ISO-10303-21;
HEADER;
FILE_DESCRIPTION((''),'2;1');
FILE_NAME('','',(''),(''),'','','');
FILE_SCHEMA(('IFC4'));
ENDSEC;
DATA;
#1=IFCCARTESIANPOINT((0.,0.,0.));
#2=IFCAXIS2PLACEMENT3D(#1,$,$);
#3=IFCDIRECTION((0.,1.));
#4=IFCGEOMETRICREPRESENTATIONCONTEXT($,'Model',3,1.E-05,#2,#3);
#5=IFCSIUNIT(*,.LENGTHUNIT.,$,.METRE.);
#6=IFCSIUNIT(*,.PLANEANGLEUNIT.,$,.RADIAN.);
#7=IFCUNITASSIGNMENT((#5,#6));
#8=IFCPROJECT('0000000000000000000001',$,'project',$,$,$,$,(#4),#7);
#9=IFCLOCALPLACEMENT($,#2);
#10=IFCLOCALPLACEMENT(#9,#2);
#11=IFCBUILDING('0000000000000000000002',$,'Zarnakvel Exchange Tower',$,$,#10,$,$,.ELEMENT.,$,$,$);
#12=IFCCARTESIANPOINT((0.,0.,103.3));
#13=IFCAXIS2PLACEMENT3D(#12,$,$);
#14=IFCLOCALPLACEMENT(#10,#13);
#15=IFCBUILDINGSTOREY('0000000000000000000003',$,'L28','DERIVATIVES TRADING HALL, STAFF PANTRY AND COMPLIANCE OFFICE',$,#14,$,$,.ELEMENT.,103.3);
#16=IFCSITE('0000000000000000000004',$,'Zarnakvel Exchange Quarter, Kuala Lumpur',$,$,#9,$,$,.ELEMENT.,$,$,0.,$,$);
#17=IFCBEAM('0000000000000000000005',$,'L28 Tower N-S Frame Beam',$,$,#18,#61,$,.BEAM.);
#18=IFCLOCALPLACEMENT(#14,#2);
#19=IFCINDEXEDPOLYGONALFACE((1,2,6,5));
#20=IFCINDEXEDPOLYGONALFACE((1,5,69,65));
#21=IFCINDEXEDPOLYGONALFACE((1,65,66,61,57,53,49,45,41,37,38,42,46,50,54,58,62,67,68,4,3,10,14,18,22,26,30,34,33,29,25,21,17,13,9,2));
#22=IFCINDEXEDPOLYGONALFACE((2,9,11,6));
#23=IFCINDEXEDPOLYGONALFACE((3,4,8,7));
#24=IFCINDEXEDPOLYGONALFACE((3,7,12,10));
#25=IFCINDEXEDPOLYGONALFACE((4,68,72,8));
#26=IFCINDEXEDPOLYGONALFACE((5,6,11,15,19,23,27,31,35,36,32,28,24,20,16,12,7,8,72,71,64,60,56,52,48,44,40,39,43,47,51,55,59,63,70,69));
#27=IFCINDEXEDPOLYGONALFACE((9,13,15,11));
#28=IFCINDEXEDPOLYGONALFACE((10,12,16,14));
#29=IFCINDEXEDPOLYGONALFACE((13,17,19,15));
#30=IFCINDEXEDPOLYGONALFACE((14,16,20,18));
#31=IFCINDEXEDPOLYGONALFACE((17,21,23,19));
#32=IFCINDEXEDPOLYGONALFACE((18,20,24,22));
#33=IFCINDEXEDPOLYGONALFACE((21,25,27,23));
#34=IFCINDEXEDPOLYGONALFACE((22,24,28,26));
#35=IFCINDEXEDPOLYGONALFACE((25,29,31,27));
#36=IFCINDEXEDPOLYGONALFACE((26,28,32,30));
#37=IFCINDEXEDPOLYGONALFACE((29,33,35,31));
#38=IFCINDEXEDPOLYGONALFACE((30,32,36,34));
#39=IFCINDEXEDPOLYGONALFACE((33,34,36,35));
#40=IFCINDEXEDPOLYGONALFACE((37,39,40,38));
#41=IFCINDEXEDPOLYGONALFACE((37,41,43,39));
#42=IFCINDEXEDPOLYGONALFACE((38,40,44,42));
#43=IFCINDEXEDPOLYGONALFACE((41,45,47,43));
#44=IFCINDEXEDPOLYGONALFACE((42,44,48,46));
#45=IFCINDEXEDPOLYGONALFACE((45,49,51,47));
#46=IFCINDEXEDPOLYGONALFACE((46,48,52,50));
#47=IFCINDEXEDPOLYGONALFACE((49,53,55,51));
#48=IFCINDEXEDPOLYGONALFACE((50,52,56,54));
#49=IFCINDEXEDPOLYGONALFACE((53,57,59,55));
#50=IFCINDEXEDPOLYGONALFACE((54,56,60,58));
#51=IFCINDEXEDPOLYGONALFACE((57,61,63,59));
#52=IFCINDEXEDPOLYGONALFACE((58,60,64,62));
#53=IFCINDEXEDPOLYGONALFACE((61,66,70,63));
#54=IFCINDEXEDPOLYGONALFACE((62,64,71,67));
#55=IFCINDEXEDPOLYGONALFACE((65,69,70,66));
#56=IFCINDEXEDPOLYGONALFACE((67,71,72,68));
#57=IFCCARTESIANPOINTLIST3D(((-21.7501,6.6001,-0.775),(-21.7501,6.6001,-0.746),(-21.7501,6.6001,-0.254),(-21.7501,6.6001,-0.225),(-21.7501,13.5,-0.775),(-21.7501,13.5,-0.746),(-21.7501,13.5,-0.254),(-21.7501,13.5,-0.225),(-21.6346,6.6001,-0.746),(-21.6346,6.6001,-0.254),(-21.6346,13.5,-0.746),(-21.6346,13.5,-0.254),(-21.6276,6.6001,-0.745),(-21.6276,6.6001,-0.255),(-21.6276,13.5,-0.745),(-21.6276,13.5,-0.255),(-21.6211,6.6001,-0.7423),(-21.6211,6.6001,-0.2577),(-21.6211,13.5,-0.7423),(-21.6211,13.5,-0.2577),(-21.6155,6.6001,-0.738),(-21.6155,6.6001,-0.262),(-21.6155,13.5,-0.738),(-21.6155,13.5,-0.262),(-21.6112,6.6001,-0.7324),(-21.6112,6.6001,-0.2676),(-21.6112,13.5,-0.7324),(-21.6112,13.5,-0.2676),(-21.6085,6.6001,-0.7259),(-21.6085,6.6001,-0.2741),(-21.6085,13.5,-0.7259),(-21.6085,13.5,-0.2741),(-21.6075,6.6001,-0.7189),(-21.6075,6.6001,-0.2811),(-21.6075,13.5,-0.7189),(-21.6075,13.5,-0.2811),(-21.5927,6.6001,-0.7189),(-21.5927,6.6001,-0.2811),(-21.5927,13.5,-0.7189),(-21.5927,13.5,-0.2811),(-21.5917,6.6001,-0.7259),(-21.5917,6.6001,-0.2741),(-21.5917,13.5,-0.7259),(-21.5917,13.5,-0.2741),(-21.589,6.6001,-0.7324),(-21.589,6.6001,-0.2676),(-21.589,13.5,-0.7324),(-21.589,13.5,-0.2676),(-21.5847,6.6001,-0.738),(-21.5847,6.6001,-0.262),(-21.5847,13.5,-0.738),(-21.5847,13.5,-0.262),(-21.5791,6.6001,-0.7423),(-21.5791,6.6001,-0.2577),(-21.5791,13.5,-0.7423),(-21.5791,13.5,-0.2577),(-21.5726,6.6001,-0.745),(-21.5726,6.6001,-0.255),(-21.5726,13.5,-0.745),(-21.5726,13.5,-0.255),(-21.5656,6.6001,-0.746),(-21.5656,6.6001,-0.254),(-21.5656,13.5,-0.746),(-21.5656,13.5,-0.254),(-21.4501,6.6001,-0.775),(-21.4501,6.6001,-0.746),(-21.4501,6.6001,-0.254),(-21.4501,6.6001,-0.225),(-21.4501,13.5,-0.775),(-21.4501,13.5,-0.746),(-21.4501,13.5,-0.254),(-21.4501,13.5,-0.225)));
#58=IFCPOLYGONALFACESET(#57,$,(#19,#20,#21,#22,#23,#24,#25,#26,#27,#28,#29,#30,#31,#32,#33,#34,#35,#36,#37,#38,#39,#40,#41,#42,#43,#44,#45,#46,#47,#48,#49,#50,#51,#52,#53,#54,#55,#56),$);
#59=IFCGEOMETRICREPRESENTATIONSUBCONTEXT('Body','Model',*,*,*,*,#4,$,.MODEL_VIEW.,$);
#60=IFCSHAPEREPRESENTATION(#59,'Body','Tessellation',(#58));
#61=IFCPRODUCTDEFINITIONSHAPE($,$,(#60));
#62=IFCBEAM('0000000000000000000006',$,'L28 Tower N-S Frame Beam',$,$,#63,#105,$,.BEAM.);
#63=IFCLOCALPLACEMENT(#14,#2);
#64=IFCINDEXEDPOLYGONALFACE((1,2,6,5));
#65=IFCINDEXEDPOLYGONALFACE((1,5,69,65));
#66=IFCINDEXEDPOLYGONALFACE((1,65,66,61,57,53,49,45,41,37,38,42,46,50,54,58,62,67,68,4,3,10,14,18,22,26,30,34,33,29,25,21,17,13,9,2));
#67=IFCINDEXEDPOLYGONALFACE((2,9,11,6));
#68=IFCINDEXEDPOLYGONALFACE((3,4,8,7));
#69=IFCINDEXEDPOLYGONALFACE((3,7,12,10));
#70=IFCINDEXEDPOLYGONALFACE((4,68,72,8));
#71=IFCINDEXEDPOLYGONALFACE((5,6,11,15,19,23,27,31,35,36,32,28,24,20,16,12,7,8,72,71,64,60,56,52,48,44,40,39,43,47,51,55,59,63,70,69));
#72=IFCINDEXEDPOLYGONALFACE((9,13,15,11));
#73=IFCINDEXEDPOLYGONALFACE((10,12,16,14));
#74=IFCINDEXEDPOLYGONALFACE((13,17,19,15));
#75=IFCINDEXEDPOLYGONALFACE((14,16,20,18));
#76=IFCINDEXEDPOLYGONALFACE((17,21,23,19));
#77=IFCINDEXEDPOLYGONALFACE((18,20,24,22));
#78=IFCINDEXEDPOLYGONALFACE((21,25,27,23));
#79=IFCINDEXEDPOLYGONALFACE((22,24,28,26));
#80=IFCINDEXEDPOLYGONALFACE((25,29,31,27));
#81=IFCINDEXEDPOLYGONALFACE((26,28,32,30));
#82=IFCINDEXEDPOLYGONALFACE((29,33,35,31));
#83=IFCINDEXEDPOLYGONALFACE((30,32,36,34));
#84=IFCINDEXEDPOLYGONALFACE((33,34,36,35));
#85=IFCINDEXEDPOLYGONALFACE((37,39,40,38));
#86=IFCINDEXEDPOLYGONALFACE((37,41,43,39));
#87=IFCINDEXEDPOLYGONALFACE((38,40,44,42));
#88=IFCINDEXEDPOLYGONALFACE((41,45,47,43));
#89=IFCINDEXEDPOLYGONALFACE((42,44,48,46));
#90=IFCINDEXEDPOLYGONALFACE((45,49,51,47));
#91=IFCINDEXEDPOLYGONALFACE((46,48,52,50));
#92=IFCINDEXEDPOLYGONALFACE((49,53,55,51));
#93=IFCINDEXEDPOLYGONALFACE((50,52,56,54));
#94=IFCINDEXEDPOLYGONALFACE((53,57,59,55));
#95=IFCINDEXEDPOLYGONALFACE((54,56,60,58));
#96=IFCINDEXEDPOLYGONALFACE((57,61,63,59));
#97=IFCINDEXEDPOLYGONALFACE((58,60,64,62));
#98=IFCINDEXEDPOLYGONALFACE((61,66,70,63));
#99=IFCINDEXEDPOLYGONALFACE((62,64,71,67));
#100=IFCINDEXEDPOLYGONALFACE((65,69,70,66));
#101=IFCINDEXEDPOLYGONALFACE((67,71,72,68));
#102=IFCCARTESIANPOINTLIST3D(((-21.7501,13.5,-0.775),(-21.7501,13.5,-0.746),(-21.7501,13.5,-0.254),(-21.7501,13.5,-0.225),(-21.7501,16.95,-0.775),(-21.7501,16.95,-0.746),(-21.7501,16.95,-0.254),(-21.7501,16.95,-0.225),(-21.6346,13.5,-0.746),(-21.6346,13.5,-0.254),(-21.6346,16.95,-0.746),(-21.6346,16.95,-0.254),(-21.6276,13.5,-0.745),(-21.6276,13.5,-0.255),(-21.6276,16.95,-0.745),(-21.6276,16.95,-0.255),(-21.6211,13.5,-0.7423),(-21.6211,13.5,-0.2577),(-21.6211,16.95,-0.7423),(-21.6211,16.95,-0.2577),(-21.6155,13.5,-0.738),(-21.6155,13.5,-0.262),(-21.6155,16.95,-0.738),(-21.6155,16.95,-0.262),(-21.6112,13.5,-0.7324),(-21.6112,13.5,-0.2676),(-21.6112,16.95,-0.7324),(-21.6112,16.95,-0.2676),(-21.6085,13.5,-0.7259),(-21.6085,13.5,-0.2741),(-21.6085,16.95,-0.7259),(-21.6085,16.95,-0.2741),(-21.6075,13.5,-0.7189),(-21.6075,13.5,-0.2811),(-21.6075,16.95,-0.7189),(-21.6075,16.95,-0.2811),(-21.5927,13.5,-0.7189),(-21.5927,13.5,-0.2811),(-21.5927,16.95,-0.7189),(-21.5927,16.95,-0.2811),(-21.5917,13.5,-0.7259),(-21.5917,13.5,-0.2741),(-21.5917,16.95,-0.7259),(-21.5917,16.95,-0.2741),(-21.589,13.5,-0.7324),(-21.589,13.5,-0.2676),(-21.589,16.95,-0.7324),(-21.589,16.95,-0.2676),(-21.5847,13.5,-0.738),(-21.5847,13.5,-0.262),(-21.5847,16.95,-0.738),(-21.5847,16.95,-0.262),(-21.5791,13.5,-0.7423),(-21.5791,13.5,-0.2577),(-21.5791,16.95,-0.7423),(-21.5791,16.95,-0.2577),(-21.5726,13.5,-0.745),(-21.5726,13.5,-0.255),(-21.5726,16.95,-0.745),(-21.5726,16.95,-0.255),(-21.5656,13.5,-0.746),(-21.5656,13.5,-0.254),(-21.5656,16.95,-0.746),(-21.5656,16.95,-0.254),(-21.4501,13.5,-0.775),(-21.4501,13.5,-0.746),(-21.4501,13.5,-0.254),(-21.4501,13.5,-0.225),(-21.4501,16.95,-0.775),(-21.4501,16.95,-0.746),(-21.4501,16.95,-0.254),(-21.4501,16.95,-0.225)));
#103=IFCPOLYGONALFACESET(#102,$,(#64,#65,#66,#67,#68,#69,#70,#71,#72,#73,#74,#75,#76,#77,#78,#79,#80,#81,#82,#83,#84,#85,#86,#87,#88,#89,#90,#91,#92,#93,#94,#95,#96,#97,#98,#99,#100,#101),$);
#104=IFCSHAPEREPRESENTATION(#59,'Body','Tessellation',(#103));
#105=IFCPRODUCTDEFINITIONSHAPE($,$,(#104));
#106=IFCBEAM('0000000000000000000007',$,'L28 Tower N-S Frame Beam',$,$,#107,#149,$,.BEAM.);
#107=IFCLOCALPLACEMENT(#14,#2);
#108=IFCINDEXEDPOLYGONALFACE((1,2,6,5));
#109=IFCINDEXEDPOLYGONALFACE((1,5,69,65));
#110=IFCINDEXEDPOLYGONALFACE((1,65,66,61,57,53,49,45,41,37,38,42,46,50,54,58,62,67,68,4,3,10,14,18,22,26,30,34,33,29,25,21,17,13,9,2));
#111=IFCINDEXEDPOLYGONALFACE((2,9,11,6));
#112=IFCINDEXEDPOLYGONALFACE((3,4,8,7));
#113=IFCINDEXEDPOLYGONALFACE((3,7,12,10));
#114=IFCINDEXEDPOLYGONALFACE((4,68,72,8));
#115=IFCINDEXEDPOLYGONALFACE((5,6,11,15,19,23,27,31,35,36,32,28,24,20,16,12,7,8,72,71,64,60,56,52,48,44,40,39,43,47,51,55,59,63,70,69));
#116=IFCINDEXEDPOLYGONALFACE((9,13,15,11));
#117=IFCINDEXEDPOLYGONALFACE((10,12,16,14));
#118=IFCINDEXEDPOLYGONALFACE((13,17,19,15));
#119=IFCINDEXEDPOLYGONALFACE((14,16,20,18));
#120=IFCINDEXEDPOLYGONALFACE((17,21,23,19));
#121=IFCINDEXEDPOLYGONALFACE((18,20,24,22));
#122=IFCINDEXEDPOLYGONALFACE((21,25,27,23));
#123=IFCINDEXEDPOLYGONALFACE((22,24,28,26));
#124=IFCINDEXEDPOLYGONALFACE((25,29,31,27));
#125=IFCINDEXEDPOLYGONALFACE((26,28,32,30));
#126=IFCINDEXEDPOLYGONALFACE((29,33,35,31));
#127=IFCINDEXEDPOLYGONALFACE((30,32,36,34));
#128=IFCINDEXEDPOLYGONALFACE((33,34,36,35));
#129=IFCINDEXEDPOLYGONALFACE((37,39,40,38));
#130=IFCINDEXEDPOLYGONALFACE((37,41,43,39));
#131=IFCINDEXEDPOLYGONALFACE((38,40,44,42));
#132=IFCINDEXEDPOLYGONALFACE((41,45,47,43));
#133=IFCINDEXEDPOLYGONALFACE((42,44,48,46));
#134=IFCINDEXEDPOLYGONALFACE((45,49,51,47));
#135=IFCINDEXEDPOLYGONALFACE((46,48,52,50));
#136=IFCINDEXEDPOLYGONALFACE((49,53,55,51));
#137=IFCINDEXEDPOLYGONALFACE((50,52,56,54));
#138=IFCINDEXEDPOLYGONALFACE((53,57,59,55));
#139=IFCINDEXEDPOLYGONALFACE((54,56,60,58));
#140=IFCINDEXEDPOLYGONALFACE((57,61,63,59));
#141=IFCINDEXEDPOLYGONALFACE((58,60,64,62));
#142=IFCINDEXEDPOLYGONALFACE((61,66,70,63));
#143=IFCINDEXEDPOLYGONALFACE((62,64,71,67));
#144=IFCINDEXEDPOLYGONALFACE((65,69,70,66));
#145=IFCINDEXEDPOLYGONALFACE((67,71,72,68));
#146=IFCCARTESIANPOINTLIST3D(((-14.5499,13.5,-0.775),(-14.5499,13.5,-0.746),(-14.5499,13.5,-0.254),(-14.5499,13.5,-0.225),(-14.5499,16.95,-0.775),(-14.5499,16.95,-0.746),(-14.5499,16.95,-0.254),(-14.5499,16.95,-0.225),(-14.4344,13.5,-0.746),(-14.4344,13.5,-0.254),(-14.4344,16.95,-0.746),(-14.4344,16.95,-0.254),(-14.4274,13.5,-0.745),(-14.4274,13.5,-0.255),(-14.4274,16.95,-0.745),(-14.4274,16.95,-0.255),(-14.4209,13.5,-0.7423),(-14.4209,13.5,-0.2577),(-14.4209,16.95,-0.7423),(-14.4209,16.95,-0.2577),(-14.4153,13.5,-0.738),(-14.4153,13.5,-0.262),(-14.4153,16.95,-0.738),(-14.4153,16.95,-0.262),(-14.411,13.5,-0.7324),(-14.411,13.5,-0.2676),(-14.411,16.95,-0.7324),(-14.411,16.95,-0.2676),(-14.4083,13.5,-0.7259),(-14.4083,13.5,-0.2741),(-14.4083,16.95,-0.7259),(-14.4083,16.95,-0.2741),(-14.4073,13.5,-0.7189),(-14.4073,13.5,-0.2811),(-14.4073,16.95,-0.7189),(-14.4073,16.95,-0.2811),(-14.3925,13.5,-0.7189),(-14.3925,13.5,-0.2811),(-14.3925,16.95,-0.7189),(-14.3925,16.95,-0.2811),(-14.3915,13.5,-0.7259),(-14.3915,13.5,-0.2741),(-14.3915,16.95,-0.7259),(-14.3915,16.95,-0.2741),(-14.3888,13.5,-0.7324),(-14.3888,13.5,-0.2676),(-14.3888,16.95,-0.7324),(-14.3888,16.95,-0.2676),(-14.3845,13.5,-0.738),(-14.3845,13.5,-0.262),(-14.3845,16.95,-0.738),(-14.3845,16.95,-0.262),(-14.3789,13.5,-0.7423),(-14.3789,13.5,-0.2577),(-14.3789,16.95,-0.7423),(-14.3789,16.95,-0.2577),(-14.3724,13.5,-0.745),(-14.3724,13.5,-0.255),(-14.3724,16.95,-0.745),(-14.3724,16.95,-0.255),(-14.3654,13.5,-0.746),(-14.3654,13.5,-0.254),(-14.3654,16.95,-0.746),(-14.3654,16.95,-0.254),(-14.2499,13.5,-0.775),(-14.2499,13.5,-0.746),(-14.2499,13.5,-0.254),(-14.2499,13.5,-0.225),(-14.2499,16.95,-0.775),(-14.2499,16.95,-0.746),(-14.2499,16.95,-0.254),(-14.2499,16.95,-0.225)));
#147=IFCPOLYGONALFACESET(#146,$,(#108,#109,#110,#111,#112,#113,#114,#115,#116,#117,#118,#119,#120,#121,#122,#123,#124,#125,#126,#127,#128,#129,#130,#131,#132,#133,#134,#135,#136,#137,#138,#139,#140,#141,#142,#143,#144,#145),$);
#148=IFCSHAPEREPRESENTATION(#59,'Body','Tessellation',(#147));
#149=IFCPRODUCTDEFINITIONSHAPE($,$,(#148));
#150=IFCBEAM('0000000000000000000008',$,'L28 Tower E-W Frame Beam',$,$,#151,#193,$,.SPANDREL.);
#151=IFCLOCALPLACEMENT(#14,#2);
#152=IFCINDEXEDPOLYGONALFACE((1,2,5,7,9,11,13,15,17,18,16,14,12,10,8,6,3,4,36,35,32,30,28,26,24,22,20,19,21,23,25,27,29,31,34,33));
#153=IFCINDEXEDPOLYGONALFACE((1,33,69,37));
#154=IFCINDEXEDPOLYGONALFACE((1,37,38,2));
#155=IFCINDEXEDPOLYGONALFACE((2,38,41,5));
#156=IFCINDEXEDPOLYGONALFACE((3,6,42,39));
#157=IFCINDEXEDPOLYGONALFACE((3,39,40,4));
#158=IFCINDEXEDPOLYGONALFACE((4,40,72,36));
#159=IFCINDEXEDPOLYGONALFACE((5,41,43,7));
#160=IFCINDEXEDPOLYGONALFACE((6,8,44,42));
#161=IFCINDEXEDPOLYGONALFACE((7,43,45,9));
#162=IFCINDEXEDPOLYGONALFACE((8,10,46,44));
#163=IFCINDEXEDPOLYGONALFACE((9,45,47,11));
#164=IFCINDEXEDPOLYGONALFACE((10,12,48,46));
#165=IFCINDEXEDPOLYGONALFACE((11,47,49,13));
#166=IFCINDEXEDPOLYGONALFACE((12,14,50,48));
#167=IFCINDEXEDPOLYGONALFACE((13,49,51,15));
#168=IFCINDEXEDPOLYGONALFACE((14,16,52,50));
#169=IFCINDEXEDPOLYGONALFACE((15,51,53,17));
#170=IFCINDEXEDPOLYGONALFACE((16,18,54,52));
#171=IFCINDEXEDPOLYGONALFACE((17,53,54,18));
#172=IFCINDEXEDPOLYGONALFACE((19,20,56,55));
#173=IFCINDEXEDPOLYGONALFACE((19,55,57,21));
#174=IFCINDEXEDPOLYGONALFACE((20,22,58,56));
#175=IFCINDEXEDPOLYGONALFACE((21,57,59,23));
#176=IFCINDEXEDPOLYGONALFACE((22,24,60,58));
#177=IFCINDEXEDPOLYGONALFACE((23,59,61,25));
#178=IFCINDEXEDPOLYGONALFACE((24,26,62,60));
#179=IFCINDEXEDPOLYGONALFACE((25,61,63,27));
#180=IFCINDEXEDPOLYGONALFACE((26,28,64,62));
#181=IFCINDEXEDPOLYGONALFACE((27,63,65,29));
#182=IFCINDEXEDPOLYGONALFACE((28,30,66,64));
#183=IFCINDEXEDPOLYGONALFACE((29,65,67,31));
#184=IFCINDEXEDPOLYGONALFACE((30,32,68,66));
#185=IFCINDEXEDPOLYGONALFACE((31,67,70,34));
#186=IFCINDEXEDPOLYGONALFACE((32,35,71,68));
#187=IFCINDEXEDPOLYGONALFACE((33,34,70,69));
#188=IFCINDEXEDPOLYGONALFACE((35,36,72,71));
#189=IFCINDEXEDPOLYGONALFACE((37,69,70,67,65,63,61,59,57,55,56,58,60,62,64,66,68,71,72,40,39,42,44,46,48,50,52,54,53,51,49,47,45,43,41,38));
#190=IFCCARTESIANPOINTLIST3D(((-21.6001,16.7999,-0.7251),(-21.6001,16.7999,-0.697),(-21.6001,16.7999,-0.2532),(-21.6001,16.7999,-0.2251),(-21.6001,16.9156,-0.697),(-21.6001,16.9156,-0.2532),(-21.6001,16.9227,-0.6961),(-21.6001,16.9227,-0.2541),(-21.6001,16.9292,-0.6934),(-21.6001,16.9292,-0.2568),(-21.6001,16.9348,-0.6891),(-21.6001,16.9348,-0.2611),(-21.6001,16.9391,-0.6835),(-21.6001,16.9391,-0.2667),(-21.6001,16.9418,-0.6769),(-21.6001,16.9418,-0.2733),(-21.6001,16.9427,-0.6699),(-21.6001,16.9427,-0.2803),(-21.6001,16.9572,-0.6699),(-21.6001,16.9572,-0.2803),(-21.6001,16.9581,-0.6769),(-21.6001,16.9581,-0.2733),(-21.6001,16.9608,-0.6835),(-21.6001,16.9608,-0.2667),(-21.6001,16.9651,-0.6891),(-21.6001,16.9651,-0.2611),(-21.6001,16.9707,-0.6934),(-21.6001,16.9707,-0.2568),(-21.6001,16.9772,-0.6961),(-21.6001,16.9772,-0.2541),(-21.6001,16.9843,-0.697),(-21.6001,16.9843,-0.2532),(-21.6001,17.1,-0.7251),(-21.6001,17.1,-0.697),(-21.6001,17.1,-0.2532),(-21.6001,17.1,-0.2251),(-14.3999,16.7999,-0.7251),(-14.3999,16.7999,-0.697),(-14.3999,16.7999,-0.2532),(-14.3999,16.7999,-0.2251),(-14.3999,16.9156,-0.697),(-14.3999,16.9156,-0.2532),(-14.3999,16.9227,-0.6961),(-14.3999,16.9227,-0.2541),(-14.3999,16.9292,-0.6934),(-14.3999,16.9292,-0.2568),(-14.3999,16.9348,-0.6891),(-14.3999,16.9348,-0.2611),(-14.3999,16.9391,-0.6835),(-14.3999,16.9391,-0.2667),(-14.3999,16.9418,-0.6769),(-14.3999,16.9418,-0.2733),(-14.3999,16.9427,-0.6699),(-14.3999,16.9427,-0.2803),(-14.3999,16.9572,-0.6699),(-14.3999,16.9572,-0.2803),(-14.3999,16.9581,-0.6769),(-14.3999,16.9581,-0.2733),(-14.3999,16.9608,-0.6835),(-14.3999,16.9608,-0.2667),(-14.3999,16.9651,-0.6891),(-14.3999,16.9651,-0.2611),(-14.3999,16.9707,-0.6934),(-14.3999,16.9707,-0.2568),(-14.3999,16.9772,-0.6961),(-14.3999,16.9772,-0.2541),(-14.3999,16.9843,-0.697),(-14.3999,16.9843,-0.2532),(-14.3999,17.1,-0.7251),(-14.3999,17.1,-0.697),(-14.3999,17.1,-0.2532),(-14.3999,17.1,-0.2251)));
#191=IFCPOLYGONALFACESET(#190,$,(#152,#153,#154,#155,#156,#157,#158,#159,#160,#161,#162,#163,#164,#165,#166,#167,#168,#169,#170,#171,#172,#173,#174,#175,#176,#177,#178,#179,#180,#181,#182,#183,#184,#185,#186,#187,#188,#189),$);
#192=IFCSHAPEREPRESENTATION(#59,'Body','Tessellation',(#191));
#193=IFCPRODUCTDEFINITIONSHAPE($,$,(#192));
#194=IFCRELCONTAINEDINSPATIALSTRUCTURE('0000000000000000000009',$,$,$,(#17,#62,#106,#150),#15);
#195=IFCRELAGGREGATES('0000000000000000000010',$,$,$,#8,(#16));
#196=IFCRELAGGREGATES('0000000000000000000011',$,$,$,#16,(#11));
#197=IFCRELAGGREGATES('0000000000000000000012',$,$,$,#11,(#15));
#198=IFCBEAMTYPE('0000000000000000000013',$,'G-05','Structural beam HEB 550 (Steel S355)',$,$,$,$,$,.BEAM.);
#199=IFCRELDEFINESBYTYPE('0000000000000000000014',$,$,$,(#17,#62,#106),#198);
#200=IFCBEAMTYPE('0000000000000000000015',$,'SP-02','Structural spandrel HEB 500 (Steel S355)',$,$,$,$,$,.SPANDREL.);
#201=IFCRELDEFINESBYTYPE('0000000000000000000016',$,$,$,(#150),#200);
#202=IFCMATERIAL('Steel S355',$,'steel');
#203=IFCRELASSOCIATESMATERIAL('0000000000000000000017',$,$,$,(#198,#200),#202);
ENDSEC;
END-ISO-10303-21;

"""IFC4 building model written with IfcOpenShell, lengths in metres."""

from ifc_helpers import new_model, si_unit, direction, frame, origin, origin_2d, place, context, subcontext, project, spatial, i_section, extrude, material, material_profile, profile_set, type_object, element, save


model = new_model("IFC4")

# Units and contexts
model_context = context("Model", 3, precision=1e-05, world=origin(), true_north=direction((0.0, 1.0)))
body_context = subcontext(model_context, "Body", "Model", "MODEL_VIEW")
ifc_project = project(units=[si_unit("LENGTHUNIT", "METRE"), si_unit("PLANEANGLEUNIT", "RADIAN")], contexts=[model_context])

# Site, building, storey
site_placement = place(None, origin())
site = spatial("IfcSite", under=ifc_project, at=site_placement, Name="Zarnakvel Exchange Quarter, Kuala Lumpur", CompositionType="ELEMENT", RefElevation=0.0)
building_placement = place(site_placement, origin())
building = spatial("IfcBuilding", under=site, at=building_placement, Name="Zarnakvel Exchange Tower", CompositionType="ELEMENT")
storey_placement = place(building_placement, frame((0.0, 0.0, 103.3)))
storey = spatial("IfcBuildingStorey", under=building, at=storey_placement, Name="L28", Description="DERIVATIVES TRADING HALL, STAFF PANTRY AND COMPLIANCE OFFICE", CompositionType="ELEMENT", Elevation=103.3)

# Beams
ifc_material_1 = material(Name="Steel S355", Category="steel")
ifc_material_profile_1 = material_profile(ifc_material_1, i_section(OverallWidth=0.3, OverallDepth=0.55, WebThickness=0.0149, FlangeThickness=0.0291, FilletRadius=0.0271, at=origin_2d()))
ifc_profile_set_1 = profile_set([ifc_material_profile_1], Name="Steel S355")
beam_type_1 = type_object("IfcBeamType", Name="G-05", Description="Structural beam HEB 550 (Steel S355)", PredefinedType="BEAM", material=ifc_profile_set_1)
beam_1_placement = place(storey_placement, frame((-21.6001, 6.6001, -0.5), z_axis=(0.0, 1.0, 0.0), x_axis=(-1.0, 0.0, 0.0)))
element("IfcBeam", 1, at=beam_1_placement, inside=storey, type_object=beam_type_1, Name="L28 Tower N-S Frame Beam", PredefinedType="BEAM", context=body_context, shape_type="SweptSolid", body=[
    extrude(i_section(OverallWidth=0.3, OverallDepth=0.55, WebThickness=0.0149, FlangeThickness=0.0291, FilletRadius=0.0271, at=origin_2d()), origin(), (0.0, 0.0, 1.0), 6.8999),
])
for number, where, z_axis, x_axis, name in (
    (2, (-21.6001, 13.5, -0.5), (0.0, 1.0, 0.0), (-1.0, 0.0, 0.0), "L28 Tower N-S Frame Beam"),
    (3, (-14.3999, 13.5, -0.5), (0.0, 1.0, 0.0), (-1.0, 0.0, 0.0), "L28 Tower N-S Frame Beam"),
):
    element("IfcBeam", number, at=place(storey_placement, frame(where, z_axis=z_axis, x_axis=x_axis)), inside=storey, type_object=beam_type_1, Name=name, PredefinedType="BEAM", context=body_context, shape_type="SweptSolid", body=[
        extrude(i_section(OverallWidth=0.3, OverallDepth=0.55, WebThickness=0.0149, FlangeThickness=0.0291, FilletRadius=0.0271, at=origin_2d()), origin(), (0.0, 0.0, 1.0), 3.45),
    ])
ifc_material_profile_2 = material_profile(ifc_material_1, i_section(OverallWidth=0.3, OverallDepth=0.5, WebThickness=0.0144, FlangeThickness=0.0281, FilletRadius=0.0271, at=origin_2d()))
ifc_profile_set_2 = profile_set([ifc_material_profile_2], Name="Steel S355")
beam_type_2 = type_object("IfcBeamType", Name="SP-02", Description="Structural spandrel HEB 500 (Steel S355)", PredefinedType="SPANDREL", material=ifc_profile_set_2)
beam_2_placement = place(storey_placement, frame((-21.6001, 16.95, -0.4751), z_axis=(1.0, 0.0, 0.0), x_axis=(0.0, 1.0, 0.0)))
element("IfcBeam", 4, at=beam_2_placement, inside=storey, type_object=beam_type_2, Name="L28 Tower E-W Frame Beam", PredefinedType="SPANDREL", context=body_context, shape_type="SweptSolid", body=[
    extrude(i_section(OverallWidth=0.3, OverallDepth=0.5, WebThickness=0.0144, FlangeThickness=0.0281, FilletRadius=0.0271, at=origin_2d()), origin(), (0.0, 0.0, 1.0), 7.2002),
])

save(model, "model.ifc")
